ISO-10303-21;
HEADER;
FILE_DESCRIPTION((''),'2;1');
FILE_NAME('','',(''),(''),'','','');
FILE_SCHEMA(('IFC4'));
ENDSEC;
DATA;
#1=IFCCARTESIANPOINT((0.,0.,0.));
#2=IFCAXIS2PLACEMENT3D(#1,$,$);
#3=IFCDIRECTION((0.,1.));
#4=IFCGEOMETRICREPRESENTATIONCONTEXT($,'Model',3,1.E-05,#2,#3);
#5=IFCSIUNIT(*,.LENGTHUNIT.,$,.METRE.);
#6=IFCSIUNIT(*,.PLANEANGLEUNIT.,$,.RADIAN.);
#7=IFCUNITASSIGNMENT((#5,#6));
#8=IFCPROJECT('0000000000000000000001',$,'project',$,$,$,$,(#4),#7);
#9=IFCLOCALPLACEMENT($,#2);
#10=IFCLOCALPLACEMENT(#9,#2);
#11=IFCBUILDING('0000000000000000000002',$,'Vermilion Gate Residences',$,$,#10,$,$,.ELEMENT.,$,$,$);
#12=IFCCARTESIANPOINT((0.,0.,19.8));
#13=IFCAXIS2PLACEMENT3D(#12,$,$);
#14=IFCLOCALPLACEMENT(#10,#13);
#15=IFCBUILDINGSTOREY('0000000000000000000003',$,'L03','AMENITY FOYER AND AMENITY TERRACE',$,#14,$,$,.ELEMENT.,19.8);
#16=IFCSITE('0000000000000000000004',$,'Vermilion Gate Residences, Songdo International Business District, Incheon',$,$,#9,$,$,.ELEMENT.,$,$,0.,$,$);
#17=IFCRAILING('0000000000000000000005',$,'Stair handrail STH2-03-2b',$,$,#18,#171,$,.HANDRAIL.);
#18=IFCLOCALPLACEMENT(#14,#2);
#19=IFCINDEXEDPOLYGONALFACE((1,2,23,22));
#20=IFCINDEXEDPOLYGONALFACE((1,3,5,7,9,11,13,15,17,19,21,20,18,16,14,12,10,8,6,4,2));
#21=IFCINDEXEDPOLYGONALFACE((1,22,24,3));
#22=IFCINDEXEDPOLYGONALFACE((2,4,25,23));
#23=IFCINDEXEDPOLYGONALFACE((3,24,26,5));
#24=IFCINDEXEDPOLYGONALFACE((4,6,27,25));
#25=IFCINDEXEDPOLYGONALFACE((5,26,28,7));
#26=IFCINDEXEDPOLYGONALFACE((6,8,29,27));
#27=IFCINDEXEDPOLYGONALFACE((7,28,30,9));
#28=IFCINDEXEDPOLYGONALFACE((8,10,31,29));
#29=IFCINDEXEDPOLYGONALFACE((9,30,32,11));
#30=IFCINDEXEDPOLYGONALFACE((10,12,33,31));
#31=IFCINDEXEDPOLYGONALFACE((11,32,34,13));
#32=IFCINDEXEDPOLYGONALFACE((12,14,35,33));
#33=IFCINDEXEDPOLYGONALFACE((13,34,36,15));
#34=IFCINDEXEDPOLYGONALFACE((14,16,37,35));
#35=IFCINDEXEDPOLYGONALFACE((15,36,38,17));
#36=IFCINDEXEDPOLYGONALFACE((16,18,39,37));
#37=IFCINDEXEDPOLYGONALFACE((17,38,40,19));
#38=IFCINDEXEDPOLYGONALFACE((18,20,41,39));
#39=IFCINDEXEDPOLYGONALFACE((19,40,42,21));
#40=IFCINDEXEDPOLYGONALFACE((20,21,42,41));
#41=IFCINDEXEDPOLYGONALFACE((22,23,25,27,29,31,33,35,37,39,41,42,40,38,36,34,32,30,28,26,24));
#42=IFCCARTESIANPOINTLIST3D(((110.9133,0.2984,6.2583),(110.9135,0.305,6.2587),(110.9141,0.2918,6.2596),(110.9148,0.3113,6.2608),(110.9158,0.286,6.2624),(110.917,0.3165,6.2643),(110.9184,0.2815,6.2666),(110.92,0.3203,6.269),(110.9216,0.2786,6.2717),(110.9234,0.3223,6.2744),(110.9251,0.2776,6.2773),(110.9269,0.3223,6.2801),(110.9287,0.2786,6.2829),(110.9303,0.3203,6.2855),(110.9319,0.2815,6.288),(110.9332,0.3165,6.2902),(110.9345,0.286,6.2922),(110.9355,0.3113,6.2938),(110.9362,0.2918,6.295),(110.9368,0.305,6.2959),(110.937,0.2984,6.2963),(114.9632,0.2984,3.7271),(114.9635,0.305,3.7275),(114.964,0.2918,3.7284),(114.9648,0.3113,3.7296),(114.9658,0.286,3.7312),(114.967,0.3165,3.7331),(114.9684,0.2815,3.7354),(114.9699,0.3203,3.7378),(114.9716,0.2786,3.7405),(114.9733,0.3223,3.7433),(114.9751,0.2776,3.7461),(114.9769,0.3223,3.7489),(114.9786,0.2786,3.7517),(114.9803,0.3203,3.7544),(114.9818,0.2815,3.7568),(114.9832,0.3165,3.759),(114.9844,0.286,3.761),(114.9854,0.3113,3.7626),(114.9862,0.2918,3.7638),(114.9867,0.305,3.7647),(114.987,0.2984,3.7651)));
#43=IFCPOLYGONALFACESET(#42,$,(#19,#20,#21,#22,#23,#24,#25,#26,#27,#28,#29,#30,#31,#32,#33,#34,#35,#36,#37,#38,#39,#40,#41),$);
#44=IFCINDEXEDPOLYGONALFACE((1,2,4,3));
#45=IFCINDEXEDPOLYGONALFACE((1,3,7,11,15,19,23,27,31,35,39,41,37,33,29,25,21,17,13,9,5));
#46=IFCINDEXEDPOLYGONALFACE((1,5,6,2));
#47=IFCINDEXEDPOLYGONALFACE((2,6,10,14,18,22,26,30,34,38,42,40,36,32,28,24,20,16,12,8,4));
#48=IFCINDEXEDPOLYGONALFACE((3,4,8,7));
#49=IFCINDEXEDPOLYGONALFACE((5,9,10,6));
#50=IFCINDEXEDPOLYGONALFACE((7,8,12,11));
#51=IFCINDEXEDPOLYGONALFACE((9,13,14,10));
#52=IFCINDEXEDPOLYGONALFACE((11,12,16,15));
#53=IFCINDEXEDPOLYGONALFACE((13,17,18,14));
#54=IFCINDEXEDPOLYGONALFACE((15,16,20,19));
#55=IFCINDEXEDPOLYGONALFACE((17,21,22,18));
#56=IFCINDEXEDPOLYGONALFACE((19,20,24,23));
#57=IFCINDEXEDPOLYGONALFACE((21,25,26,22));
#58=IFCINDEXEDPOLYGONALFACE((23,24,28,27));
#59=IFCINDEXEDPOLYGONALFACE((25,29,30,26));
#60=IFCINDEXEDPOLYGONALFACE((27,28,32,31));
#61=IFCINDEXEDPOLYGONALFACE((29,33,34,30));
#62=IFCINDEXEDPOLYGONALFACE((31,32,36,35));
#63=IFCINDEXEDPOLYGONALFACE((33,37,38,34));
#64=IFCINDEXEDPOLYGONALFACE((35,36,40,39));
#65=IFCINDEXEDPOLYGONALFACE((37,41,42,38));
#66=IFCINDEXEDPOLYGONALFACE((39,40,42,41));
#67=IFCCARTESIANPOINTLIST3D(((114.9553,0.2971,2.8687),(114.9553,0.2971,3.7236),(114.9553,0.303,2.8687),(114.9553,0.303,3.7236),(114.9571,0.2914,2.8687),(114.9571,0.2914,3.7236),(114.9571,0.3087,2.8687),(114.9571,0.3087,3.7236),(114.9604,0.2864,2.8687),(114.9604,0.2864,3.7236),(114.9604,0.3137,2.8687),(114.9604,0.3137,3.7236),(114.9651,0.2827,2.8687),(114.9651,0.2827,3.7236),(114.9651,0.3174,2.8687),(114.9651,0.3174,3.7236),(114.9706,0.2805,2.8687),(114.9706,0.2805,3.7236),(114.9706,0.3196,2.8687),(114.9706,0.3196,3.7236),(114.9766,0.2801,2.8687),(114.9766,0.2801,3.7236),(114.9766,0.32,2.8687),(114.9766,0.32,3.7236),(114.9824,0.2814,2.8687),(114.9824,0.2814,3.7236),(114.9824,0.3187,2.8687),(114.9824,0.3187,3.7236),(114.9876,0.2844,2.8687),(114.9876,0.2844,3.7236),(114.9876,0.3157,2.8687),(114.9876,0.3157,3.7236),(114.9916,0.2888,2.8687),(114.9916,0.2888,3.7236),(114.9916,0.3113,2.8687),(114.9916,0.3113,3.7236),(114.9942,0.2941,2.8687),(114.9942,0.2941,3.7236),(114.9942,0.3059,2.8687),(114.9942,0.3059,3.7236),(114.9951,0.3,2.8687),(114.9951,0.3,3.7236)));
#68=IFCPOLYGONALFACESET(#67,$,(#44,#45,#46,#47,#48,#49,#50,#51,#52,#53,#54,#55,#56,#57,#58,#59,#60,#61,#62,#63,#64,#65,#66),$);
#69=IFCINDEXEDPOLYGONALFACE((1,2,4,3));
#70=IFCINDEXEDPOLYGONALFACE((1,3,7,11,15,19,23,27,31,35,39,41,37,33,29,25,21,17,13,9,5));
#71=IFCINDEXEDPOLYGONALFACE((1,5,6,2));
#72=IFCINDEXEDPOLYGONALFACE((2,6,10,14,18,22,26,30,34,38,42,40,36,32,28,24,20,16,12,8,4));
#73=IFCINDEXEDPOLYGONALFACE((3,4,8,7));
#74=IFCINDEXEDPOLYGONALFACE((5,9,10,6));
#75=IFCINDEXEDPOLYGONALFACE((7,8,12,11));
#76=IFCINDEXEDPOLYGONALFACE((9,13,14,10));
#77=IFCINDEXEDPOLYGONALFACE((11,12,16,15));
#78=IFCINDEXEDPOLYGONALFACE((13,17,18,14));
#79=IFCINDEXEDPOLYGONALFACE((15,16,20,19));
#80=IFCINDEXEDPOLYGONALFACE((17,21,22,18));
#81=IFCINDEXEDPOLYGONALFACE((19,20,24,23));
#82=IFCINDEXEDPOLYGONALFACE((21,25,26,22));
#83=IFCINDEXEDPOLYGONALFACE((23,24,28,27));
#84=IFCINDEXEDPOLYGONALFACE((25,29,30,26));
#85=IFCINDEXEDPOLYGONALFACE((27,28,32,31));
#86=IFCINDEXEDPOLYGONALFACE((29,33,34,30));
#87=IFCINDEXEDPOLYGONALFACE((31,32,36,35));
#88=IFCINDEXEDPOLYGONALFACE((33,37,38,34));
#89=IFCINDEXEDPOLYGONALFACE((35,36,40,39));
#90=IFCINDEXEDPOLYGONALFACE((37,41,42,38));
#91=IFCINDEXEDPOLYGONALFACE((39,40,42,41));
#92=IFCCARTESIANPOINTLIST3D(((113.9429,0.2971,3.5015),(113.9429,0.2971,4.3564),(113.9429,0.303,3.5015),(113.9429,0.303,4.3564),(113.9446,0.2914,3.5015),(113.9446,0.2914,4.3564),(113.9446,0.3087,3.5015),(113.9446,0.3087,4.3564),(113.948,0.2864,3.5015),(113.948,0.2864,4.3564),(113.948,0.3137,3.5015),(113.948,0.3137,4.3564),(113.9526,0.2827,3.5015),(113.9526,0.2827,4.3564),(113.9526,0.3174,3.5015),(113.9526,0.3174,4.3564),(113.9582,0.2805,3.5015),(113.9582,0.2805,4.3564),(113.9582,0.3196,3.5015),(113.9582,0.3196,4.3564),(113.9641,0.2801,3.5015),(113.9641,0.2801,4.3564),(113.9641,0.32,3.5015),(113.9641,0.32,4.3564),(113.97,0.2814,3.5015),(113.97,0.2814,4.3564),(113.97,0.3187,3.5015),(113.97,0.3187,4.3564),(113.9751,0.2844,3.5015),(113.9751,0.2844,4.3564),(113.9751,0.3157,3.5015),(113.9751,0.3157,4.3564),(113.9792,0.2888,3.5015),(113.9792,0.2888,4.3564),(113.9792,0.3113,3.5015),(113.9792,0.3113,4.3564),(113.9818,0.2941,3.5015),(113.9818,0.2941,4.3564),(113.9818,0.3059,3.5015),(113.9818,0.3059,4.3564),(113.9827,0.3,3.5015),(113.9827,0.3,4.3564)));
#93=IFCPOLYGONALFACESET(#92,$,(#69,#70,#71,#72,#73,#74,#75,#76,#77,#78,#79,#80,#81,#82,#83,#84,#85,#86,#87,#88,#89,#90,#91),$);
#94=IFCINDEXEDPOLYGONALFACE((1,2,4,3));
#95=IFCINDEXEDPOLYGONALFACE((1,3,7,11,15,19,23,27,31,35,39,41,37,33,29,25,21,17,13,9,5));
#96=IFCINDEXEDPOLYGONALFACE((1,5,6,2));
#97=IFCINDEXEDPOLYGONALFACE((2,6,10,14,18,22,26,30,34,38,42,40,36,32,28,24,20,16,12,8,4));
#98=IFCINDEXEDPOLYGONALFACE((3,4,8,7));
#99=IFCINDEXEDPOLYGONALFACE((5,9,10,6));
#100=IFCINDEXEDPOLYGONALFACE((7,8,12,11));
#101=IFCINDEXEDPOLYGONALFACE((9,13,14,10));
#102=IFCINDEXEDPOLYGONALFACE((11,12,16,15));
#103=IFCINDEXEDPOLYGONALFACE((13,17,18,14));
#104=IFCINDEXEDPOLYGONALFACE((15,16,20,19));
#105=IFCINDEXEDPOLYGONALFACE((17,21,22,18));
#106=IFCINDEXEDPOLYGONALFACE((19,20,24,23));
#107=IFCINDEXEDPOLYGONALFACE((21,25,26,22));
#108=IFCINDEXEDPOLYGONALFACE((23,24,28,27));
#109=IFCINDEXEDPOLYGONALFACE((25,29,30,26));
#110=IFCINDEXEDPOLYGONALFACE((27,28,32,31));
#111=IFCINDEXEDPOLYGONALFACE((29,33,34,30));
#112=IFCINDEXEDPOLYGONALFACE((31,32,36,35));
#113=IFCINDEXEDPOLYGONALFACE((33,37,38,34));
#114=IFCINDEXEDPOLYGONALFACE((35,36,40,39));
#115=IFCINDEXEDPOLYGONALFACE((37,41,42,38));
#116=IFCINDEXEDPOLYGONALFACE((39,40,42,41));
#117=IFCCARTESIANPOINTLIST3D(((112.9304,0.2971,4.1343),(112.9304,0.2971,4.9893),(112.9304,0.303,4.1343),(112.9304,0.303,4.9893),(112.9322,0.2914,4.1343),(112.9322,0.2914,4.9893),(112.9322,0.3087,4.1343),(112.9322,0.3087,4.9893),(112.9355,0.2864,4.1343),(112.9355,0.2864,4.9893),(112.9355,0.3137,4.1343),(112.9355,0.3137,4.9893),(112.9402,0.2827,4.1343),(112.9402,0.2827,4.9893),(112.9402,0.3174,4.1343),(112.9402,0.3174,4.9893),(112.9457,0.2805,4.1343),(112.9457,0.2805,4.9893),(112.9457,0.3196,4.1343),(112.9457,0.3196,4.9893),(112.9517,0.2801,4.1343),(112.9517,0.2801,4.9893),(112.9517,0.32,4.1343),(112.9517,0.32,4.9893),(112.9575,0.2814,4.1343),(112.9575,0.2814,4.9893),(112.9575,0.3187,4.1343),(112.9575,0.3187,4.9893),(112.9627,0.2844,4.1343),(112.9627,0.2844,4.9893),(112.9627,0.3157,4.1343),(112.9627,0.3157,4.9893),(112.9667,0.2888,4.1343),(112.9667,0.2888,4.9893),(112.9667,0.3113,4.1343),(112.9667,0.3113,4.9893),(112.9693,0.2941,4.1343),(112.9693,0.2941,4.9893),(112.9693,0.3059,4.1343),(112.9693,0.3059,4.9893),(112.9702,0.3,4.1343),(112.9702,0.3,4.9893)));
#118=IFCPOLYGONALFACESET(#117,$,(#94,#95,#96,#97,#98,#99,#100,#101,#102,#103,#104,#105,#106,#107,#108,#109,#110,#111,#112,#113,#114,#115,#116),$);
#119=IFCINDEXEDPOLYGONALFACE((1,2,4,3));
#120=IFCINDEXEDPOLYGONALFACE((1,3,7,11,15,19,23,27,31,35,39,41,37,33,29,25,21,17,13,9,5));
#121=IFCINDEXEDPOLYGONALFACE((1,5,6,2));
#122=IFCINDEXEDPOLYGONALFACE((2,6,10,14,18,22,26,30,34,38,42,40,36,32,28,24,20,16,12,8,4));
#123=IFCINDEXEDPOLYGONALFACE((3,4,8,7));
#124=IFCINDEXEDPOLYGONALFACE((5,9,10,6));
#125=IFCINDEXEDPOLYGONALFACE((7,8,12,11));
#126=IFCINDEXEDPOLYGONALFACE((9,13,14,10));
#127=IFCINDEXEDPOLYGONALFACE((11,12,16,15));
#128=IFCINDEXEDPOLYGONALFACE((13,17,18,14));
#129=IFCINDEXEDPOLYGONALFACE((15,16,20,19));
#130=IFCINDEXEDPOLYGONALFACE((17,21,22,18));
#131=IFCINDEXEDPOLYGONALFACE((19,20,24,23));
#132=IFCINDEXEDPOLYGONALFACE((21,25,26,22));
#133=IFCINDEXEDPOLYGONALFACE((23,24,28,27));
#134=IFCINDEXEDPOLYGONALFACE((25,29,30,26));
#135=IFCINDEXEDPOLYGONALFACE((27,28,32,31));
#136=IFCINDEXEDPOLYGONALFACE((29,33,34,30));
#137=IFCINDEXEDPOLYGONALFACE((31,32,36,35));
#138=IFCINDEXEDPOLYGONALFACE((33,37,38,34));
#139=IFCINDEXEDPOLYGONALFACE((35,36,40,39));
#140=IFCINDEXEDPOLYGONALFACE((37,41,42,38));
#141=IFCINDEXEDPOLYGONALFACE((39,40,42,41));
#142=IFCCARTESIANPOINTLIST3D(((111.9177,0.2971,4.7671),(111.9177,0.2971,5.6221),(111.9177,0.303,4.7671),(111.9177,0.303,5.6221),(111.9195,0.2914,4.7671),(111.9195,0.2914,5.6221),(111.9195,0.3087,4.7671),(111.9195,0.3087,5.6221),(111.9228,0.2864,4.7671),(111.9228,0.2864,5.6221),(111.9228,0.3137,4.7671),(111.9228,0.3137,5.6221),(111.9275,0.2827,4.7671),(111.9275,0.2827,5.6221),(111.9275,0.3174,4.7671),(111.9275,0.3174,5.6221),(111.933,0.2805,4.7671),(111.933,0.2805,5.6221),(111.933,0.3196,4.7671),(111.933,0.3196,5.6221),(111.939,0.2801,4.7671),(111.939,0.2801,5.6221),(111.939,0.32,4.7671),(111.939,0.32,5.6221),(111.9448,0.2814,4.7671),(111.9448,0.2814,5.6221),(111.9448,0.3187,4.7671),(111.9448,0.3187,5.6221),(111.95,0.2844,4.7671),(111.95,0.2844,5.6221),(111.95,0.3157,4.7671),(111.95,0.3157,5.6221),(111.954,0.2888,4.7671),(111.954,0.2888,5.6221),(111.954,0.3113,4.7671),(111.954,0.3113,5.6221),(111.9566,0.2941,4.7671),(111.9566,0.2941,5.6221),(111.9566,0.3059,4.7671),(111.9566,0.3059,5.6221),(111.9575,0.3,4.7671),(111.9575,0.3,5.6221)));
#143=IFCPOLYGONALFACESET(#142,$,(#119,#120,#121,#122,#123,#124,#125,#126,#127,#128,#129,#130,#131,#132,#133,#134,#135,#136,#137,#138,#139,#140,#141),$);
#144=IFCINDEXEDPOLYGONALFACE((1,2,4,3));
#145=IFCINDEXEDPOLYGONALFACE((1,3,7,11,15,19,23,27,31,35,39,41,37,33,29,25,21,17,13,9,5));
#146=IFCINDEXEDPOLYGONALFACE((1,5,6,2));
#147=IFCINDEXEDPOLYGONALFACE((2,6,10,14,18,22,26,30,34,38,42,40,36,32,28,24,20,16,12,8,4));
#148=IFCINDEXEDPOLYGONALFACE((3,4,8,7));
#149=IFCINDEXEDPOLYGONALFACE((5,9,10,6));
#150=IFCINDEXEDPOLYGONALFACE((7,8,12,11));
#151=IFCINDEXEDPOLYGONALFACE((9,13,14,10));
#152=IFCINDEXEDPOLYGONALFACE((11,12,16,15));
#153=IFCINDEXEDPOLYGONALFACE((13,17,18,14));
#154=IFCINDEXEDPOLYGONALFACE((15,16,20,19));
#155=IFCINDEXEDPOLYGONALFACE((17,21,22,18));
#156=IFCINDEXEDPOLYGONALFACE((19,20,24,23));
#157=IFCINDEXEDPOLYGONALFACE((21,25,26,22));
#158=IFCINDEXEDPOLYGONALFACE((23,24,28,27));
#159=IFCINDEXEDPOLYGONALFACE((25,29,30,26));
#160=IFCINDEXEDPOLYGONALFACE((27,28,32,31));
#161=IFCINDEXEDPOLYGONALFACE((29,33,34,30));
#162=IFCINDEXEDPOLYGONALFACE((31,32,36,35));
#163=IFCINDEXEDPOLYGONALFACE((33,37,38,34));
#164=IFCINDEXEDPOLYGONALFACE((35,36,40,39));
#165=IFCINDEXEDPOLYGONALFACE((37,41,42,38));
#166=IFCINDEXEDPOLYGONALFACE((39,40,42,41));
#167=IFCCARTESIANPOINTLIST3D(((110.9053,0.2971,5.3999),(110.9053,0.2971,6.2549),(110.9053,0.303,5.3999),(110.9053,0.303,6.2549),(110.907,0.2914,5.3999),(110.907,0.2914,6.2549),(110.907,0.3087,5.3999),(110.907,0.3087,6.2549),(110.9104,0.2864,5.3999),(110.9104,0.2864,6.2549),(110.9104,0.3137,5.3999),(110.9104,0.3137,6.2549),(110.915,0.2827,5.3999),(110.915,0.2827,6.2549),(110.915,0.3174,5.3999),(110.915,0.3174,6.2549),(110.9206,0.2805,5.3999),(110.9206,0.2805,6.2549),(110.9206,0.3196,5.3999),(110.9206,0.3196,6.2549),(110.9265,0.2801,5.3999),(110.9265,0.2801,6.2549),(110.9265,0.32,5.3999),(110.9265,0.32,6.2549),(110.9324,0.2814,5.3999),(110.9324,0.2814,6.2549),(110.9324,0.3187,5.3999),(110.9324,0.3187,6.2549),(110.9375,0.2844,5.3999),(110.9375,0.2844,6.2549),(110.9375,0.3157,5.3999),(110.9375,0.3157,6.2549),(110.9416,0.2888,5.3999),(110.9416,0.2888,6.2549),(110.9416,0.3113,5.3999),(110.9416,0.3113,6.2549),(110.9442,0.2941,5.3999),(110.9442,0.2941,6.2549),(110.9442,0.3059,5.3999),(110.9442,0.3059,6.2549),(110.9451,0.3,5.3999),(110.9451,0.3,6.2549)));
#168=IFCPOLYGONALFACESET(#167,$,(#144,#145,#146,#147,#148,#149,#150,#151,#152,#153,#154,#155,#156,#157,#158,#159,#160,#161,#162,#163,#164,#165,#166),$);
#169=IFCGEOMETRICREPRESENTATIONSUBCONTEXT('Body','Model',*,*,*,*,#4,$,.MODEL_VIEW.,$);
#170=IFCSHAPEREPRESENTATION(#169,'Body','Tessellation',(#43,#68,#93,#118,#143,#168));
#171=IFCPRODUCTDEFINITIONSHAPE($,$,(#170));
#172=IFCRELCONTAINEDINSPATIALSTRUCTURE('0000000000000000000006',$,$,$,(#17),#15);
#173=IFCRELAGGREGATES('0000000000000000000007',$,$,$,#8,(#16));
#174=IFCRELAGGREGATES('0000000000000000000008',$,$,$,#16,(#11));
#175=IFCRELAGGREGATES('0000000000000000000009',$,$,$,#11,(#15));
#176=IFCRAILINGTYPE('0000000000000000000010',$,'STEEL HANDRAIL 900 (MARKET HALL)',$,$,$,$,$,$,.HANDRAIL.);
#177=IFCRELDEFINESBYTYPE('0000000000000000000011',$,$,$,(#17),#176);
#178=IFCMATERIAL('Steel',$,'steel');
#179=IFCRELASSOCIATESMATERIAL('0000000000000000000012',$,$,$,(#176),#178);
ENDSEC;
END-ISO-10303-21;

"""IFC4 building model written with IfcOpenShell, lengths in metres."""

from ifc_helpers import new_model, si_unit, direction, frame, origin, origin_2d, place, context, subcontext, project, spatial, circle, extrude, material, type_object, element, save


model = new_model("IFC4")

# Units and contexts
model_context = context("Model", 3, precision=1e-05, world=origin(), true_north=direction((0.0, 1.0)))
body_context = subcontext(model_context, "Body", "Model", "MODEL_VIEW")
ifc_project = project(units=[si_unit("LENGTHUNIT", "METRE"), si_unit("PLANEANGLEUNIT", "RADIAN")], contexts=[model_context])

# Site, building, storey
site_placement = place(None, origin())
site = spatial("IfcSite", under=ifc_project, at=site_placement, Name="Vermilion Gate Residences, Songdo International Business District, Incheon", CompositionType="ELEMENT", RefElevation=0.0)
building_placement = place(site_placement, origin())
building = spatial("IfcBuilding", under=site, at=building_placement, Name="Vermilion Gate Residences", CompositionType="ELEMENT")
storey_placement = place(building_placement, frame((0.0, 0.0, 19.8)))
storey = spatial("IfcBuildingStorey", under=building, at=storey_placement, Name="L03", Description="AMENITY FOYER AND AMENITY TERRACE", CompositionType="ELEMENT", Elevation=19.8)

# Railing
ifc_material_1 = material(Name="Steel", Category="steel")
railing_type_1 = type_object("IfcRailingType", Name="STEEL HANDRAIL 900 (MARKET HALL)", PredefinedType="HANDRAIL", material=ifc_material_1)
for number, where, name in (
    (1, (114.9751, 0.3, 2.8687), "Stair handrail STH2-03-2b"),
):
    element("IfcRailing", number, at=place(storey_placement, frame(where)), inside=storey, type_object=railing_type_1, Name=name, PredefinedType="HANDRAIL", context=body_context, shape_type="SweptSolid", body=[
        extrude(circle(Radius=0.0225, at=origin_2d()), frame((0.0, 0.0, 0.8774), z_axis=(-0.848001, 0.0, 0.529994), x_axis=(0.0, -1.0, 0.0)), (0.0, 0.0, 1.0), 4.7759),
        extrude(circle(Radius=0.02, at=origin_2d()), origin(), (0.0, 0.0, 1.0), 0.855),
        extrude(circle(Radius=0.02, at=origin_2d()), frame((-1.0125, 0.0, 0.6328)), (0.0, 0.0, 1.0), 0.855),
        extrude(circle(Radius=0.02, at=origin_2d()), frame((-2.0249, 0.0, 1.2656)), (0.0, 0.0, 1.0), 0.855),
        extrude(circle(Radius=0.02, at=origin_2d()), frame((-3.0376, 0.0, 1.8984)), (0.0, 0.0, 1.0), 0.855),
        extrude(circle(Radius=0.02, at=origin_2d()), frame((-4.05, 0.0, 2.5312)), (0.0, 0.0, 1.0), 0.855),
    ])

save(model, "model.ifc")
